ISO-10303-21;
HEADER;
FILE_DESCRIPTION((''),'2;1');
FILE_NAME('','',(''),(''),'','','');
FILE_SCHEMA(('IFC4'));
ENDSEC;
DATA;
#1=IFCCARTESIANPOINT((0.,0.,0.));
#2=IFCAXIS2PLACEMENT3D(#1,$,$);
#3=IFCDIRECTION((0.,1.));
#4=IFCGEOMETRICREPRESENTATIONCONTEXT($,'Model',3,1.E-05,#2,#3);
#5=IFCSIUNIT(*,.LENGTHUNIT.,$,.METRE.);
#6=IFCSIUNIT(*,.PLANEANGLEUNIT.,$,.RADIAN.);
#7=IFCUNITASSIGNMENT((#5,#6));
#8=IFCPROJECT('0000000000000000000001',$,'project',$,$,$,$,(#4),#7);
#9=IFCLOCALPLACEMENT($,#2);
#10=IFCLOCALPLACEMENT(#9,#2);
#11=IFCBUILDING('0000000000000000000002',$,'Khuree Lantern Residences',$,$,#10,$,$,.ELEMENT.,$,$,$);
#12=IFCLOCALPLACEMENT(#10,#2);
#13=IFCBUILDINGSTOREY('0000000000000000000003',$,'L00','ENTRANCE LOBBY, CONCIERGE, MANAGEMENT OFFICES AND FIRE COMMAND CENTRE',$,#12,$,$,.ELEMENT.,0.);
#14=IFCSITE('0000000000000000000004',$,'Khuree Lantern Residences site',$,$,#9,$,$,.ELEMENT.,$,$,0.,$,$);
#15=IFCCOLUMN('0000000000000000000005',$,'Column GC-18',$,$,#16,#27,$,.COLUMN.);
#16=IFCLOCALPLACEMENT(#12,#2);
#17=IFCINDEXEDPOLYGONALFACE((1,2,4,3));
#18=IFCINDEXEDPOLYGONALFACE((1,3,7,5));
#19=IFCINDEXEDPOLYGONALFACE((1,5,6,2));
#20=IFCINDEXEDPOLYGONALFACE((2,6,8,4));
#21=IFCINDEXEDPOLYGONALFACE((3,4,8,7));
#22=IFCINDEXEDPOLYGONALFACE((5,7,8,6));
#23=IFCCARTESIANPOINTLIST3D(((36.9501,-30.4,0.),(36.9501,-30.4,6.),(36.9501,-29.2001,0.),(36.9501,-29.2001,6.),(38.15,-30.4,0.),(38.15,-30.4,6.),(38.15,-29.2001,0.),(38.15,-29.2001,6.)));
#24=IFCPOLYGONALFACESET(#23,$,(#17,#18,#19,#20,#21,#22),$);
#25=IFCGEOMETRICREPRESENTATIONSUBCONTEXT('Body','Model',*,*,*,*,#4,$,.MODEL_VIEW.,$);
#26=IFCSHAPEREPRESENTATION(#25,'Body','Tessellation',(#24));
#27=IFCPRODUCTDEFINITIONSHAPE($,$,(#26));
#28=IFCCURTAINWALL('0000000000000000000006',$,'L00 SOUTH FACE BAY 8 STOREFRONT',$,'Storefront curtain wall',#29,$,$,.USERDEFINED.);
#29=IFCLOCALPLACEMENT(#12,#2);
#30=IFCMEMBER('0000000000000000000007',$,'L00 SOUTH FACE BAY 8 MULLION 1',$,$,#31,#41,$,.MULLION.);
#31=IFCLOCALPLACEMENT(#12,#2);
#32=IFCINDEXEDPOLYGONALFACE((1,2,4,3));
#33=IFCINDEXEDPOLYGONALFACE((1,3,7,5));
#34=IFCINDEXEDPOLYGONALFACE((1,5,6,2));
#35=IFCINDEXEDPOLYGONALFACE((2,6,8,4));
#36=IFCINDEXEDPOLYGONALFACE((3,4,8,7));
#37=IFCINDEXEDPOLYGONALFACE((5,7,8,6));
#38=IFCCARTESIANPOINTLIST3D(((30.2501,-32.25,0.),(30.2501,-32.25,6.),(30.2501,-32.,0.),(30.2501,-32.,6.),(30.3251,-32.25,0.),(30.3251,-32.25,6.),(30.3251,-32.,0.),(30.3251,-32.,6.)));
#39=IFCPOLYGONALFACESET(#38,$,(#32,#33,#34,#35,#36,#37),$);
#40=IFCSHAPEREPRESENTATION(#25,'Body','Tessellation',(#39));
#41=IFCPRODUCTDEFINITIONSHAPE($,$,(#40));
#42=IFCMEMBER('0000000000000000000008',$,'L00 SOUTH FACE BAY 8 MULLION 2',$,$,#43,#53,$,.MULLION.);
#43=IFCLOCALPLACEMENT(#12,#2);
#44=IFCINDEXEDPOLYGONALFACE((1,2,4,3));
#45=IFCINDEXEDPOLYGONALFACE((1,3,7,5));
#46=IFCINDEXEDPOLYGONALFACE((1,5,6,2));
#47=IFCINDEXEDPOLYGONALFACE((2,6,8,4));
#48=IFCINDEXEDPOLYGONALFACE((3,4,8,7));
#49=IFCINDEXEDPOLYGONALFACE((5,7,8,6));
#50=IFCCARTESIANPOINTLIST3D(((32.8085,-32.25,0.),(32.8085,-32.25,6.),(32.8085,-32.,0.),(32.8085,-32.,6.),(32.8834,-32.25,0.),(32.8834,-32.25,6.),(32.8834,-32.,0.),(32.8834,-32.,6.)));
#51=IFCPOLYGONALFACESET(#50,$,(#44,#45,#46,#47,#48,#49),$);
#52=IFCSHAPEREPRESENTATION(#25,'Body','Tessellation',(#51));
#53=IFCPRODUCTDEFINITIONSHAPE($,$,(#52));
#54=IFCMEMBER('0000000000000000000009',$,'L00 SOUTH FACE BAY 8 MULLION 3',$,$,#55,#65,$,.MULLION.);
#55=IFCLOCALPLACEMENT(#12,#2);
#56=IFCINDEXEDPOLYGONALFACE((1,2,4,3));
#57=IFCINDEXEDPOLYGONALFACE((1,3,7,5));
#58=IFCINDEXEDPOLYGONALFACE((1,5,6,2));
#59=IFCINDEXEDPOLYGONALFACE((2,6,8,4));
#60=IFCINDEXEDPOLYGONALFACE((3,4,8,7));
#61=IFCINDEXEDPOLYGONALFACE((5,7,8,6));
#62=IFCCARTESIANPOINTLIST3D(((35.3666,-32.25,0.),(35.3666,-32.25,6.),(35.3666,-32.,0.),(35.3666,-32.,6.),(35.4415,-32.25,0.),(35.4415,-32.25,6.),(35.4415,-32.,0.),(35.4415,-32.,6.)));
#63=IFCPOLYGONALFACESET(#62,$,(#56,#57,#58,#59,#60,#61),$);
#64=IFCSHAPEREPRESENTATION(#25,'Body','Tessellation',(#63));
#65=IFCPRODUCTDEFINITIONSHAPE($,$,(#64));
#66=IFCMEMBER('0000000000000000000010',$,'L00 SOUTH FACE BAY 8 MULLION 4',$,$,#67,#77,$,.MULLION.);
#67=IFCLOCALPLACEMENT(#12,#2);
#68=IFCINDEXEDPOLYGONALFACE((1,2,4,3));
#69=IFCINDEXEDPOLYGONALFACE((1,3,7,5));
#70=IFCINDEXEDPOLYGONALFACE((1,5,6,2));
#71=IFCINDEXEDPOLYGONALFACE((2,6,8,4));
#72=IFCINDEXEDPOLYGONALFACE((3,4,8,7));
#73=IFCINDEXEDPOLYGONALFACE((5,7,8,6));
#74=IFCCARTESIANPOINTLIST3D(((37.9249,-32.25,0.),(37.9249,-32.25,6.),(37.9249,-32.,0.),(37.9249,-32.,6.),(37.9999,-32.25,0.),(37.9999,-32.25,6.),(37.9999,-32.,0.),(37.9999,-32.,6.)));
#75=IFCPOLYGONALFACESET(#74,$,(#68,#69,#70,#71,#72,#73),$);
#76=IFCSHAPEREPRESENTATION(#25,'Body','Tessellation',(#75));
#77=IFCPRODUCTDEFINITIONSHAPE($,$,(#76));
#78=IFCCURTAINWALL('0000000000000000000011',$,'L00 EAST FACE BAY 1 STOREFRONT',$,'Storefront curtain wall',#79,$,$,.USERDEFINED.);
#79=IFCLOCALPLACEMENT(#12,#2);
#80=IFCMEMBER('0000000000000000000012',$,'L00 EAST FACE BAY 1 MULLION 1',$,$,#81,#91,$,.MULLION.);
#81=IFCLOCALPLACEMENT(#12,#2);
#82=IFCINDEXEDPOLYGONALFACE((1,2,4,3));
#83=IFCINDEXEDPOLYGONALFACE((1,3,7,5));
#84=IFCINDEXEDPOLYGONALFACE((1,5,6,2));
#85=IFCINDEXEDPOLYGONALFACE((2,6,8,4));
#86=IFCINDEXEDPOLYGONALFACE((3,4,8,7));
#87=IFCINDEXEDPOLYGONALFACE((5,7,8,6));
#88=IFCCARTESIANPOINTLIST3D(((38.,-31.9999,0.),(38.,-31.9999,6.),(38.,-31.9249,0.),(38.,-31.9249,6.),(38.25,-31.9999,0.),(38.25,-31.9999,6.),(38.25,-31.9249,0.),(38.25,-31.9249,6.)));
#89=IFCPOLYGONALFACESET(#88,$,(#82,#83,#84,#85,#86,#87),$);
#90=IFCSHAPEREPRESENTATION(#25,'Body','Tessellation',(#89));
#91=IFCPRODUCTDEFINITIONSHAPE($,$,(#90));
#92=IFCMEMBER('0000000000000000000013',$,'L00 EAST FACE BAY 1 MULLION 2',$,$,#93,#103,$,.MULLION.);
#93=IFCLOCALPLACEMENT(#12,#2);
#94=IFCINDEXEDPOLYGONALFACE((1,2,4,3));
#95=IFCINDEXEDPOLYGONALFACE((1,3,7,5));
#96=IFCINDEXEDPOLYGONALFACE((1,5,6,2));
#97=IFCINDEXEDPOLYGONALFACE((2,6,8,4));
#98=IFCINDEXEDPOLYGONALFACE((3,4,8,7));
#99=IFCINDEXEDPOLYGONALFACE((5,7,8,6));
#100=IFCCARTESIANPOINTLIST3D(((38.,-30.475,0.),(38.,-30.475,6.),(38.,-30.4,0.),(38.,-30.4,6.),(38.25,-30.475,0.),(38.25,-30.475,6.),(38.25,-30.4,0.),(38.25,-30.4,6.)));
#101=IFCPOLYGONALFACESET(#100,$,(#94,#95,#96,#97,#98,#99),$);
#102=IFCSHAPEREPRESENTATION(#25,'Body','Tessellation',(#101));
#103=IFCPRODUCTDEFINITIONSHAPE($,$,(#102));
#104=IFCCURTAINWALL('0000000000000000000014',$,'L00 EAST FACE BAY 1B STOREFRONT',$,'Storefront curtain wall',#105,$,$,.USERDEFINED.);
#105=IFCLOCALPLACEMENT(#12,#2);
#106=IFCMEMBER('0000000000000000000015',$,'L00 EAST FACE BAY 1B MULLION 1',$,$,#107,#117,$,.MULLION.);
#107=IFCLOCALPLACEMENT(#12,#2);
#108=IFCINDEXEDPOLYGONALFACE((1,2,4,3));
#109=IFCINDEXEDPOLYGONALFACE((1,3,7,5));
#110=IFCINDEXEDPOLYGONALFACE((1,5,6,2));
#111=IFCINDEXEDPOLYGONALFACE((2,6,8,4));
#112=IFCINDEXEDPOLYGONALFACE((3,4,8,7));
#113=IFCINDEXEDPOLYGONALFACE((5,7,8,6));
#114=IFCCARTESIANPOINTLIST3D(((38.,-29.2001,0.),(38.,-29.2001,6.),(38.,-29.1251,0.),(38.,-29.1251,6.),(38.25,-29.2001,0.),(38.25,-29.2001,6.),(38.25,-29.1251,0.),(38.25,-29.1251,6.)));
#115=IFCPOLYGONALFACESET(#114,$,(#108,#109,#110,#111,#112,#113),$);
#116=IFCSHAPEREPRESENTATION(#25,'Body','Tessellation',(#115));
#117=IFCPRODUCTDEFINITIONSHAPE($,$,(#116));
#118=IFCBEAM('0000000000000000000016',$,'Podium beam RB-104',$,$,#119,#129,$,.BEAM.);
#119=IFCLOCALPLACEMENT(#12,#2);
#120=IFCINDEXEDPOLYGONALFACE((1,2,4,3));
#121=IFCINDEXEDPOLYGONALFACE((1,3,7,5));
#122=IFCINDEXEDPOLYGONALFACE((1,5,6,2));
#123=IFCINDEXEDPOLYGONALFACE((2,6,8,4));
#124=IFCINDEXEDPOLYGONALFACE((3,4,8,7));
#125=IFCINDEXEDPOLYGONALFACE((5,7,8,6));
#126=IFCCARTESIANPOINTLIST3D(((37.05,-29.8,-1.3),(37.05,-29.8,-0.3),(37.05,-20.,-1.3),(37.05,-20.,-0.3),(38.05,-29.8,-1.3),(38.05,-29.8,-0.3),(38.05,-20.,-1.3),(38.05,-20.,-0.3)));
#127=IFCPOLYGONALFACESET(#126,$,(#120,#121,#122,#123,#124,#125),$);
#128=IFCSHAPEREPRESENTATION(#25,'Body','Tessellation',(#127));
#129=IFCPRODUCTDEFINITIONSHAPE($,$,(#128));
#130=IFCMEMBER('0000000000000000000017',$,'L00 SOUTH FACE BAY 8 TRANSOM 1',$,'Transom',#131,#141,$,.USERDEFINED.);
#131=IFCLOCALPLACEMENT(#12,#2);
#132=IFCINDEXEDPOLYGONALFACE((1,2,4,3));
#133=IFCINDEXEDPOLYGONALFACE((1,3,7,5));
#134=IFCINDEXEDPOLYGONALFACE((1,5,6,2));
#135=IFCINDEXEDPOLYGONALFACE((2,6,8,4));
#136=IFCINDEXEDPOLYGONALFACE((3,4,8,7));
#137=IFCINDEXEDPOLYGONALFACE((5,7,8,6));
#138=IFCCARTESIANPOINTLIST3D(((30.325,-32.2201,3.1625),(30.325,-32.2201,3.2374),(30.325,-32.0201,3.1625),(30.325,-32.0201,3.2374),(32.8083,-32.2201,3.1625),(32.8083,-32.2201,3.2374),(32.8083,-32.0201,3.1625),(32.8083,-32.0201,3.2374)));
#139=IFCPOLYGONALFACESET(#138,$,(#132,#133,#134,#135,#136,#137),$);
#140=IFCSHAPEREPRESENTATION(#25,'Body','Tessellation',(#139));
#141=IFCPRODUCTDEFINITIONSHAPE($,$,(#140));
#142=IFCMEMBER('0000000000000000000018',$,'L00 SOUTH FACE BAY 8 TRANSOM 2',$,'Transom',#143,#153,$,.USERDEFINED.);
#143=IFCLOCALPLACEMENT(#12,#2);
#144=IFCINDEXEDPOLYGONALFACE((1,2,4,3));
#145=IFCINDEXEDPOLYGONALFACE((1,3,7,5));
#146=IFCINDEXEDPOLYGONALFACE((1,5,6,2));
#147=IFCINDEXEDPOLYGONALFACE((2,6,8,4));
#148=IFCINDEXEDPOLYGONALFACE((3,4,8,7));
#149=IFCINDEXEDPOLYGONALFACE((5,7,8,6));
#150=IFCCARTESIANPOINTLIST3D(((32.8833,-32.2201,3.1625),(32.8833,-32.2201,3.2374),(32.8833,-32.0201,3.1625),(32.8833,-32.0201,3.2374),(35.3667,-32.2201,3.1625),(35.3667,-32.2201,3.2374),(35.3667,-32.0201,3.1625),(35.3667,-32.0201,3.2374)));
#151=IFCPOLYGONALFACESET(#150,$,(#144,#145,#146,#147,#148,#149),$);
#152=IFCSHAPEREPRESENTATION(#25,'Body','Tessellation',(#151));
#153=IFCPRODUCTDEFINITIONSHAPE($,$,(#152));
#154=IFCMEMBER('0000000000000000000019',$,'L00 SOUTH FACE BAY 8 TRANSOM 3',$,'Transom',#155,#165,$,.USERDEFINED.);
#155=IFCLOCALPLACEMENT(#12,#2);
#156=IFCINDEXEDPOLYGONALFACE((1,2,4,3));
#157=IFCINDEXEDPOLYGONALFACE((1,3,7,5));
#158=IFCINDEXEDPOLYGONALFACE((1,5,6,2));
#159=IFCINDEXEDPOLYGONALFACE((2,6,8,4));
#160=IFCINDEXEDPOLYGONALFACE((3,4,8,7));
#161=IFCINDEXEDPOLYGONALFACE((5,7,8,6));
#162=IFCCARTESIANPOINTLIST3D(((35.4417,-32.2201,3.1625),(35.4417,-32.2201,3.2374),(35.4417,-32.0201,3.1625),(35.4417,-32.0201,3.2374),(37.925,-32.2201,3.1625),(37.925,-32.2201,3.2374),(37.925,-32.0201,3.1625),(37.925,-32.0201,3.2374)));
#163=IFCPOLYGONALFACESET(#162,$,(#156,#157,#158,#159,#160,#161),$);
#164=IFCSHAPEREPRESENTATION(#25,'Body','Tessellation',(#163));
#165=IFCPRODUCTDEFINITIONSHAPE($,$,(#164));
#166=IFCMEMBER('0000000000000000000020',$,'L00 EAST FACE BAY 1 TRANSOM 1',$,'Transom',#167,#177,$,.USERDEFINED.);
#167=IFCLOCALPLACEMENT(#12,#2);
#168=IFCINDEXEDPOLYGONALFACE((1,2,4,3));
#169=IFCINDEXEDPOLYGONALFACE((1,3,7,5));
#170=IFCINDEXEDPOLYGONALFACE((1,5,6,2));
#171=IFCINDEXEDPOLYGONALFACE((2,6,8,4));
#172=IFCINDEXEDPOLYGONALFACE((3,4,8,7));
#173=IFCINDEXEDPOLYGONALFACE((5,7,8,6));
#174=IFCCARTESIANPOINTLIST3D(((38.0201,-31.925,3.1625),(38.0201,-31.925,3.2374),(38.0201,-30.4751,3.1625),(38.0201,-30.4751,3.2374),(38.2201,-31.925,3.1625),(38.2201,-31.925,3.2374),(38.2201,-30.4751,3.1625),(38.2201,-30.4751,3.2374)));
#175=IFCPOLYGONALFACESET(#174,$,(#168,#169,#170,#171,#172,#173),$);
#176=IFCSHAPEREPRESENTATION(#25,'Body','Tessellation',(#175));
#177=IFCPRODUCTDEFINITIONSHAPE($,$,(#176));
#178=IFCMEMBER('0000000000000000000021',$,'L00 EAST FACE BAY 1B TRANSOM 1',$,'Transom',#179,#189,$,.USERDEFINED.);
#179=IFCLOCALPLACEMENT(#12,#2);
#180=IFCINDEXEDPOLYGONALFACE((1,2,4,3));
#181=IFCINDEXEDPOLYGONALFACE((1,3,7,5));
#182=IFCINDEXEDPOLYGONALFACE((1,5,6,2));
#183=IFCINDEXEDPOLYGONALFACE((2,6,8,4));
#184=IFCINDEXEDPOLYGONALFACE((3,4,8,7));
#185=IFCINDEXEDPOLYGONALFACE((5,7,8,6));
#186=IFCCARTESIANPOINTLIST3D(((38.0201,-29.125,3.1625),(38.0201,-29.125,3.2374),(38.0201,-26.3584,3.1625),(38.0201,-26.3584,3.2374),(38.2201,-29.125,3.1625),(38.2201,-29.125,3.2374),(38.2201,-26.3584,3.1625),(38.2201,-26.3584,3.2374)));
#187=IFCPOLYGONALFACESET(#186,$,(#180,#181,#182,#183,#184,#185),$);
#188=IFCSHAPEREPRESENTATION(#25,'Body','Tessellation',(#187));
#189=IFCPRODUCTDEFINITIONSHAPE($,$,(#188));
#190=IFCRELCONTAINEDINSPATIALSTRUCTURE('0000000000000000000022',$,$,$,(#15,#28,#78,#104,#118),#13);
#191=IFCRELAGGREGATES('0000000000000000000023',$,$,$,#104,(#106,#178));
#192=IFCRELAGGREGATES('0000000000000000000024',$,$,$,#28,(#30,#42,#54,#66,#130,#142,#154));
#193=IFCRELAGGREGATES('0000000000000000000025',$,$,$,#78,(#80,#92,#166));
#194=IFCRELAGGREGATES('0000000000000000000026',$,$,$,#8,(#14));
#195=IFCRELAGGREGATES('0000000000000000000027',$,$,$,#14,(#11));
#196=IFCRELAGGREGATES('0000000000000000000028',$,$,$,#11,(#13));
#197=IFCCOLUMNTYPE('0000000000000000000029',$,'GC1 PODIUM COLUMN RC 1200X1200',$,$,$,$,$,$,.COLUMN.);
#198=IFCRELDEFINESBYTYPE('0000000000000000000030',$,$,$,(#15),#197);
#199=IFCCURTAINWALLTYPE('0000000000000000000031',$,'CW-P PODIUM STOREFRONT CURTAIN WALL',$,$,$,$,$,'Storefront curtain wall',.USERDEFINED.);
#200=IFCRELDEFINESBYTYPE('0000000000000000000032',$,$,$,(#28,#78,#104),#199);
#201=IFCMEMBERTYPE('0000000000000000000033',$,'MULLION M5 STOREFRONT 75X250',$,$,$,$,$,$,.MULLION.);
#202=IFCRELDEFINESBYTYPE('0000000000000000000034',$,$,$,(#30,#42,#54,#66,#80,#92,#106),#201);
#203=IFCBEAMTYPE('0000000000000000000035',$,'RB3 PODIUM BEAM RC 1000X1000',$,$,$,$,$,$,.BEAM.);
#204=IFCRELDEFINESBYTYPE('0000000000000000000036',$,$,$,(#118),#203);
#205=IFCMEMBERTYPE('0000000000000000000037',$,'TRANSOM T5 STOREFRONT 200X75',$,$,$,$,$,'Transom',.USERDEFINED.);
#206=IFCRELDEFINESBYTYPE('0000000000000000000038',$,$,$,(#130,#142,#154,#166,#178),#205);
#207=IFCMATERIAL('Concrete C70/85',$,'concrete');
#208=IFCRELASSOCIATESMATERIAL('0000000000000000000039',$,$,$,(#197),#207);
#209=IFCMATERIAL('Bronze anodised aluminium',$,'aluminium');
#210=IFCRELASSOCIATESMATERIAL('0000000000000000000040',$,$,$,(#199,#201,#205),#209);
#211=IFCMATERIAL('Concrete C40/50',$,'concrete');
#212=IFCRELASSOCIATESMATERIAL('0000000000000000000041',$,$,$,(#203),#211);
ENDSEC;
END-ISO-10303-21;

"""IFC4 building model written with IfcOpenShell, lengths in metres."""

from ifc_helpers import new_model, si_unit, direction, frame, origin, origin_2d, place, context, subcontext, project, spatial, rectangle, extrude, material, material_profile, profile_set, type_object, element, aggregate, save


model = new_model("IFC4")

# Units and contexts
model_context = context("Model", 3, precision=1e-05, world=origin(), true_north=direction((0.0, 1.0)))
body_context = subcontext(model_context, "Body", "Model", "MODEL_VIEW")
ifc_project = project(units=[si_unit("LENGTHUNIT", "METRE"), si_unit("PLANEANGLEUNIT", "RADIAN")], contexts=[model_context])

# Site, building, storey
site_placement = place(None, origin())
site = spatial("IfcSite", under=ifc_project, at=site_placement, Name="Khuree Lantern Residences site", CompositionType="ELEMENT", RefElevation=0.0)
building_placement = place(site_placement, origin())
building = spatial("IfcBuilding", under=site, at=building_placement, Name="Khuree Lantern Residences", CompositionType="ELEMENT")
storey_placement = place(building_placement, origin())
storey = spatial("IfcBuildingStorey", under=building, at=storey_placement, Name="L00", Description="ENTRANCE LOBBY, CONCIERGE, MANAGEMENT OFFICES AND FIRE COMMAND CENTRE", CompositionType="ELEMENT", Elevation=0.0)

# Column
ifc_material_1 = material(Name="Concrete C70/85", Category="concrete")
ifc_material_profile_1 = material_profile(ifc_material_1, rectangle(XDim=1.2, YDim=1.2, at=origin_2d()), Name="RC 1200X1200")
ifc_profile_set_1 = profile_set([ifc_material_profile_1], Name="Concrete C70/85")
column_type = type_object("IfcColumnType", Name="GC1 PODIUM COLUMN RC 1200X1200", PredefinedType="COLUMN", material=ifc_profile_set_1)
column_placement = place(storey_placement, frame((37.55, -29.8, 0.0), z_axis=(0.0, 0.0, 1.0), x_axis=(1.0, 0.0, 0.0)))
element("IfcColumn", 1, at=column_placement, inside=storey, type_object=column_type, Name="Column GC-18", PredefinedType="COLUMN", context=body_context, shape_type="SweptSolid", body=[
    extrude(rectangle(XDim=1.2, YDim=1.2, at=origin_2d()), origin(), (0.0, 0.0, 1.0), 6.0),
])

# Curtain walls, members
ifc_material_2 = material(Name="Bronze anodised aluminium", Category="aluminium")
curtain_wall_type = type_object("IfcCurtainWallType", Name="CW-P PODIUM STOREFRONT CURTAIN WALL", ElementType="Storefront curtain wall", PredefinedType="USERDEFINED", material=ifc_material_2)
curtain_wall_1_placement = place(storey_placement, origin())
curtain_wall_1 = element("IfcCurtainWall", 2, at=curtain_wall_1_placement, inside=storey, type_object=curtain_wall_type, Name="L00 SOUTH FACE BAY 8 STOREFRONT", ObjectType="Storefront curtain wall", PredefinedType="USERDEFINED")
ifc_material_profile_2 = material_profile(ifc_material_2, rectangle(XDim=0.075, YDim=0.25, at=origin_2d()), Name="M5 75X250")
ifc_profile_set_2 = profile_set([ifc_material_profile_2], Name="Bronze anodised aluminium")
member_type_1 = type_object("IfcMemberType", Name="MULLION M5 STOREFRONT 75X250", PredefinedType="MULLION", material=ifc_profile_set_2)
member_1_placement = place(storey_placement, frame((30.2876, -32.125, 0.0), z_axis=(0.0, 0.0, 1.0), x_axis=(1.0, 0.0, 0.0)))
member_1 = element("IfcMember", 3, at=member_1_placement, type_object=member_type_1, Name="L00 SOUTH FACE BAY 8 MULLION 1", PredefinedType="MULLION", context=body_context, shape_type="SweptSolid", body=[
    extrude(rectangle(XDim=0.075, YDim=0.25, at=origin_2d()), origin(), (0.0, 0.0, 1.0), 6.0),
])
member_2_placement = place(storey_placement, frame((32.8459, -32.125, 0.0), z_axis=(0.0, 0.0, 1.0), x_axis=(1.0, 0.0, 0.0)))
member_2 = element("IfcMember", 4, at=member_2_placement, type_object=member_type_1, Name="L00 SOUTH FACE BAY 8 MULLION 2", PredefinedType="MULLION", context=body_context, shape_type="SweptSolid", body=[
    extrude(rectangle(XDim=0.075, YDim=0.25, at=origin_2d()), origin(), (0.0, 0.0, 1.0), 6.0),
])
member_3_placement = place(storey_placement, frame((35.4041, -32.125, 0.0), z_axis=(0.0, 0.0, 1.0), x_axis=(1.0, 0.0, 0.0)))
member_3 = element("IfcMember", 5, at=member_3_placement, type_object=member_type_1, Name="L00 SOUTH FACE BAY 8 MULLION 3", PredefinedType="MULLION", context=body_context, shape_type="SweptSolid", body=[
    extrude(rectangle(XDim=0.075, YDim=0.25, at=origin_2d()), origin(), (0.0, 0.0, 1.0), 6.0),
])
member_4_placement = place(storey_placement, frame((37.9624, -32.125, 0.0), z_axis=(0.0, 0.0, 1.0), x_axis=(1.0, 0.0, 0.0)))
member_4 = element("IfcMember", 6, at=member_4_placement, type_object=member_type_1, Name="L00 SOUTH FACE BAY 8 MULLION 4", PredefinedType="MULLION", context=body_context, shape_type="SweptSolid", body=[
    extrude(rectangle(XDim=0.075, YDim=0.25, at=origin_2d()), origin(), (0.0, 0.0, 1.0), 6.0),
])
curtain_wall_2_placement = place(storey_placement, origin())
curtain_wall_2 = element("IfcCurtainWall", 7, at=curtain_wall_2_placement, inside=storey, type_object=curtain_wall_type, Name="L00 EAST FACE BAY 1 STOREFRONT", ObjectType="Storefront curtain wall", PredefinedType="USERDEFINED")
member_5_placement = place(storey_placement, frame((38.125, -31.9624, 0.0), z_axis=(0.0, 0.0, 1.0), x_axis=(0.0, 1.0, 0.0)))
member_5 = element("IfcMember", 8, at=member_5_placement, type_object=member_type_1, Name="L00 EAST FACE BAY 1 MULLION 1", PredefinedType="MULLION", context=body_context, shape_type="SweptSolid", body=[
    extrude(rectangle(XDim=0.075, YDim=0.25, at=origin_2d()), origin(), (0.0, 0.0, 1.0), 6.0),
])
member_6_placement = place(storey_placement, frame((38.125, -30.4375, 0.0), z_axis=(0.0, 0.0, 1.0), x_axis=(0.0, 1.0, 0.0)))
member_6 = element("IfcMember", 9, at=member_6_placement, type_object=member_type_1, Name="L00 EAST FACE BAY 1 MULLION 2", PredefinedType="MULLION", context=body_context, shape_type="SweptSolid", body=[
    extrude(rectangle(XDim=0.075, YDim=0.25, at=origin_2d()), origin(), (0.0, 0.0, 1.0), 6.0),
])

# Curtain wall, member
curtain_wall_3_placement = place(storey_placement, origin())
curtain_wall_3 = element("IfcCurtainWall", 10, at=curtain_wall_3_placement, inside=storey, type_object=curtain_wall_type, Name="L00 EAST FACE BAY 1B STOREFRONT", ObjectType="Storefront curtain wall", PredefinedType="USERDEFINED")
member_7_placement = place(storey_placement, frame((38.125, -29.1626, 0.0), z_axis=(0.0, 0.0, 1.0), x_axis=(0.0, 1.0, 0.0)))
member_7 = element("IfcMember", 11, at=member_7_placement, type_object=member_type_1, Name="L00 EAST FACE BAY 1B MULLION 1", PredefinedType="MULLION", context=body_context, shape_type="SweptSolid", body=[
    extrude(rectangle(XDim=0.075, YDim=0.25, at=origin_2d()), origin(), (0.0, 0.0, 1.0), 6.0),
])

# Beam
ifc_material_3 = material(Name="Concrete C40/50", Category="concrete")
ifc_material_profile_3 = material_profile(ifc_material_3, rectangle(XDim=1.0, YDim=1.0, at=origin_2d()), Name="RC 1000X1000")
ifc_profile_set_3 = profile_set([ifc_material_profile_3], Name="Concrete C40/50")
beam_type = type_object("IfcBeamType", Name="RB3 PODIUM BEAM RC 1000X1000", PredefinedType="BEAM", material=ifc_profile_set_3)
beam_placement = place(storey_placement, frame((37.55, -29.8, -0.8), z_axis=(0.0, 1.0, 0.0), x_axis=(-1.0, 0.0, 0.0)))
element("IfcBeam", 12, at=beam_placement, inside=storey, type_object=beam_type, Name="Podium beam RB-104", PredefinedType="BEAM", context=body_context, shape_type="SweptSolid", body=[
    extrude(rectangle(XDim=1.0, YDim=1.0, at=origin_2d()), origin(), (0.0, 0.0, 1.0), 9.8),
])

# Members
ifc_material_profile_4 = material_profile(ifc_material_2, rectangle(XDim=0.2, YDim=0.075, at=origin_2d()), Name="T5 200X75")
ifc_profile_set_4 = profile_set([ifc_material_profile_4], Name="Bronze anodised aluminium")
member_type_2 = type_object("IfcMemberType", Name="TRANSOM T5 STOREFRONT 200X75", ElementType="Transom", PredefinedType="USERDEFINED", material=ifc_profile_set_4)
member_8_placement = place(storey_placement, frame((30.325, -32.1201, 3.2), z_axis=(1.0, 0.0, 0.0), x_axis=(0.0, 1.0, 0.0)))
member_8 = element("IfcMember", 13, at=member_8_placement, type_object=member_type_2, Name="L00 SOUTH FACE BAY 8 TRANSOM 1", ObjectType="Transom", PredefinedType="USERDEFINED", context=body_context, shape_type="SweptSolid", body=[
    extrude(rectangle(XDim=0.2, YDim=0.075, at=origin_2d()), origin(), (0.0, 0.0, 1.0), 2.4834),
])
member_9_placement = place(storey_placement, frame((32.8833, -32.1201, 3.2), z_axis=(1.0, 0.0, 0.0), x_axis=(0.0, 1.0, 0.0)))
member_9 = element("IfcMember", 14, at=member_9_placement, type_object=member_type_2, Name="L00 SOUTH FACE BAY 8 TRANSOM 2", ObjectType="Transom", PredefinedType="USERDEFINED", context=body_context, shape_type="SweptSolid", body=[
    extrude(rectangle(XDim=0.2, YDim=0.075, at=origin_2d()), origin(), (0.0, 0.0, 1.0), 2.4834),
])
member_10_placement = place(storey_placement, frame((35.4417, -32.1201, 3.2), z_axis=(1.0, 0.0, 0.0), x_axis=(0.0, 1.0, 0.0)))
member_10 = element("IfcMember", 15, at=member_10_placement, type_object=member_type_2, Name="L00 SOUTH FACE BAY 8 TRANSOM 3", ObjectType="Transom", PredefinedType="USERDEFINED", context=body_context, shape_type="SweptSolid", body=[
    extrude(rectangle(XDim=0.2, YDim=0.075, at=origin_2d()), origin(), (0.0, 0.0, 1.0), 2.4834),
])
member_11_placement = place(storey_placement, frame((38.1201, -31.925, 3.2), z_axis=(0.0, 1.0, 0.0), x_axis=(-1.0, 0.0, 0.0)))
member_11 = element("IfcMember", 16, at=member_11_placement, type_object=member_type_2, Name="L00 EAST FACE BAY 1 TRANSOM 1", ObjectType="Transom", PredefinedType="USERDEFINED", context=body_context, shape_type="SweptSolid", body=[
    extrude(rectangle(XDim=0.2, YDim=0.075, at=origin_2d()), origin(), (0.0, 0.0, 1.0), 1.45),
])
member_12_placement = place(storey_placement, frame((38.1201, -29.125, 3.2), z_axis=(0.0, 1.0, 0.0), x_axis=(-1.0, 0.0, 0.0)))
member_12 = element("IfcMember", 17, at=member_12_placement, type_object=member_type_2, Name="L00 EAST FACE BAY 1B TRANSOM 1", ObjectType="Transom", PredefinedType="USERDEFINED", context=body_context, shape_type="SweptSolid", body=[
    extrude(rectangle(XDim=0.2, YDim=0.075, at=origin_2d()), origin(), (0.0, 0.0, 1.0), 2.7666),
])
aggregate(curtain_wall_3, [member_7, member_12])

aggregate(curtain_wall_1, [member_1, member_2, member_3, member_4, member_8, member_9, member_10])
aggregate(curtain_wall_2, [member_5, member_6, member_11])

save(model, "model.ifc")
